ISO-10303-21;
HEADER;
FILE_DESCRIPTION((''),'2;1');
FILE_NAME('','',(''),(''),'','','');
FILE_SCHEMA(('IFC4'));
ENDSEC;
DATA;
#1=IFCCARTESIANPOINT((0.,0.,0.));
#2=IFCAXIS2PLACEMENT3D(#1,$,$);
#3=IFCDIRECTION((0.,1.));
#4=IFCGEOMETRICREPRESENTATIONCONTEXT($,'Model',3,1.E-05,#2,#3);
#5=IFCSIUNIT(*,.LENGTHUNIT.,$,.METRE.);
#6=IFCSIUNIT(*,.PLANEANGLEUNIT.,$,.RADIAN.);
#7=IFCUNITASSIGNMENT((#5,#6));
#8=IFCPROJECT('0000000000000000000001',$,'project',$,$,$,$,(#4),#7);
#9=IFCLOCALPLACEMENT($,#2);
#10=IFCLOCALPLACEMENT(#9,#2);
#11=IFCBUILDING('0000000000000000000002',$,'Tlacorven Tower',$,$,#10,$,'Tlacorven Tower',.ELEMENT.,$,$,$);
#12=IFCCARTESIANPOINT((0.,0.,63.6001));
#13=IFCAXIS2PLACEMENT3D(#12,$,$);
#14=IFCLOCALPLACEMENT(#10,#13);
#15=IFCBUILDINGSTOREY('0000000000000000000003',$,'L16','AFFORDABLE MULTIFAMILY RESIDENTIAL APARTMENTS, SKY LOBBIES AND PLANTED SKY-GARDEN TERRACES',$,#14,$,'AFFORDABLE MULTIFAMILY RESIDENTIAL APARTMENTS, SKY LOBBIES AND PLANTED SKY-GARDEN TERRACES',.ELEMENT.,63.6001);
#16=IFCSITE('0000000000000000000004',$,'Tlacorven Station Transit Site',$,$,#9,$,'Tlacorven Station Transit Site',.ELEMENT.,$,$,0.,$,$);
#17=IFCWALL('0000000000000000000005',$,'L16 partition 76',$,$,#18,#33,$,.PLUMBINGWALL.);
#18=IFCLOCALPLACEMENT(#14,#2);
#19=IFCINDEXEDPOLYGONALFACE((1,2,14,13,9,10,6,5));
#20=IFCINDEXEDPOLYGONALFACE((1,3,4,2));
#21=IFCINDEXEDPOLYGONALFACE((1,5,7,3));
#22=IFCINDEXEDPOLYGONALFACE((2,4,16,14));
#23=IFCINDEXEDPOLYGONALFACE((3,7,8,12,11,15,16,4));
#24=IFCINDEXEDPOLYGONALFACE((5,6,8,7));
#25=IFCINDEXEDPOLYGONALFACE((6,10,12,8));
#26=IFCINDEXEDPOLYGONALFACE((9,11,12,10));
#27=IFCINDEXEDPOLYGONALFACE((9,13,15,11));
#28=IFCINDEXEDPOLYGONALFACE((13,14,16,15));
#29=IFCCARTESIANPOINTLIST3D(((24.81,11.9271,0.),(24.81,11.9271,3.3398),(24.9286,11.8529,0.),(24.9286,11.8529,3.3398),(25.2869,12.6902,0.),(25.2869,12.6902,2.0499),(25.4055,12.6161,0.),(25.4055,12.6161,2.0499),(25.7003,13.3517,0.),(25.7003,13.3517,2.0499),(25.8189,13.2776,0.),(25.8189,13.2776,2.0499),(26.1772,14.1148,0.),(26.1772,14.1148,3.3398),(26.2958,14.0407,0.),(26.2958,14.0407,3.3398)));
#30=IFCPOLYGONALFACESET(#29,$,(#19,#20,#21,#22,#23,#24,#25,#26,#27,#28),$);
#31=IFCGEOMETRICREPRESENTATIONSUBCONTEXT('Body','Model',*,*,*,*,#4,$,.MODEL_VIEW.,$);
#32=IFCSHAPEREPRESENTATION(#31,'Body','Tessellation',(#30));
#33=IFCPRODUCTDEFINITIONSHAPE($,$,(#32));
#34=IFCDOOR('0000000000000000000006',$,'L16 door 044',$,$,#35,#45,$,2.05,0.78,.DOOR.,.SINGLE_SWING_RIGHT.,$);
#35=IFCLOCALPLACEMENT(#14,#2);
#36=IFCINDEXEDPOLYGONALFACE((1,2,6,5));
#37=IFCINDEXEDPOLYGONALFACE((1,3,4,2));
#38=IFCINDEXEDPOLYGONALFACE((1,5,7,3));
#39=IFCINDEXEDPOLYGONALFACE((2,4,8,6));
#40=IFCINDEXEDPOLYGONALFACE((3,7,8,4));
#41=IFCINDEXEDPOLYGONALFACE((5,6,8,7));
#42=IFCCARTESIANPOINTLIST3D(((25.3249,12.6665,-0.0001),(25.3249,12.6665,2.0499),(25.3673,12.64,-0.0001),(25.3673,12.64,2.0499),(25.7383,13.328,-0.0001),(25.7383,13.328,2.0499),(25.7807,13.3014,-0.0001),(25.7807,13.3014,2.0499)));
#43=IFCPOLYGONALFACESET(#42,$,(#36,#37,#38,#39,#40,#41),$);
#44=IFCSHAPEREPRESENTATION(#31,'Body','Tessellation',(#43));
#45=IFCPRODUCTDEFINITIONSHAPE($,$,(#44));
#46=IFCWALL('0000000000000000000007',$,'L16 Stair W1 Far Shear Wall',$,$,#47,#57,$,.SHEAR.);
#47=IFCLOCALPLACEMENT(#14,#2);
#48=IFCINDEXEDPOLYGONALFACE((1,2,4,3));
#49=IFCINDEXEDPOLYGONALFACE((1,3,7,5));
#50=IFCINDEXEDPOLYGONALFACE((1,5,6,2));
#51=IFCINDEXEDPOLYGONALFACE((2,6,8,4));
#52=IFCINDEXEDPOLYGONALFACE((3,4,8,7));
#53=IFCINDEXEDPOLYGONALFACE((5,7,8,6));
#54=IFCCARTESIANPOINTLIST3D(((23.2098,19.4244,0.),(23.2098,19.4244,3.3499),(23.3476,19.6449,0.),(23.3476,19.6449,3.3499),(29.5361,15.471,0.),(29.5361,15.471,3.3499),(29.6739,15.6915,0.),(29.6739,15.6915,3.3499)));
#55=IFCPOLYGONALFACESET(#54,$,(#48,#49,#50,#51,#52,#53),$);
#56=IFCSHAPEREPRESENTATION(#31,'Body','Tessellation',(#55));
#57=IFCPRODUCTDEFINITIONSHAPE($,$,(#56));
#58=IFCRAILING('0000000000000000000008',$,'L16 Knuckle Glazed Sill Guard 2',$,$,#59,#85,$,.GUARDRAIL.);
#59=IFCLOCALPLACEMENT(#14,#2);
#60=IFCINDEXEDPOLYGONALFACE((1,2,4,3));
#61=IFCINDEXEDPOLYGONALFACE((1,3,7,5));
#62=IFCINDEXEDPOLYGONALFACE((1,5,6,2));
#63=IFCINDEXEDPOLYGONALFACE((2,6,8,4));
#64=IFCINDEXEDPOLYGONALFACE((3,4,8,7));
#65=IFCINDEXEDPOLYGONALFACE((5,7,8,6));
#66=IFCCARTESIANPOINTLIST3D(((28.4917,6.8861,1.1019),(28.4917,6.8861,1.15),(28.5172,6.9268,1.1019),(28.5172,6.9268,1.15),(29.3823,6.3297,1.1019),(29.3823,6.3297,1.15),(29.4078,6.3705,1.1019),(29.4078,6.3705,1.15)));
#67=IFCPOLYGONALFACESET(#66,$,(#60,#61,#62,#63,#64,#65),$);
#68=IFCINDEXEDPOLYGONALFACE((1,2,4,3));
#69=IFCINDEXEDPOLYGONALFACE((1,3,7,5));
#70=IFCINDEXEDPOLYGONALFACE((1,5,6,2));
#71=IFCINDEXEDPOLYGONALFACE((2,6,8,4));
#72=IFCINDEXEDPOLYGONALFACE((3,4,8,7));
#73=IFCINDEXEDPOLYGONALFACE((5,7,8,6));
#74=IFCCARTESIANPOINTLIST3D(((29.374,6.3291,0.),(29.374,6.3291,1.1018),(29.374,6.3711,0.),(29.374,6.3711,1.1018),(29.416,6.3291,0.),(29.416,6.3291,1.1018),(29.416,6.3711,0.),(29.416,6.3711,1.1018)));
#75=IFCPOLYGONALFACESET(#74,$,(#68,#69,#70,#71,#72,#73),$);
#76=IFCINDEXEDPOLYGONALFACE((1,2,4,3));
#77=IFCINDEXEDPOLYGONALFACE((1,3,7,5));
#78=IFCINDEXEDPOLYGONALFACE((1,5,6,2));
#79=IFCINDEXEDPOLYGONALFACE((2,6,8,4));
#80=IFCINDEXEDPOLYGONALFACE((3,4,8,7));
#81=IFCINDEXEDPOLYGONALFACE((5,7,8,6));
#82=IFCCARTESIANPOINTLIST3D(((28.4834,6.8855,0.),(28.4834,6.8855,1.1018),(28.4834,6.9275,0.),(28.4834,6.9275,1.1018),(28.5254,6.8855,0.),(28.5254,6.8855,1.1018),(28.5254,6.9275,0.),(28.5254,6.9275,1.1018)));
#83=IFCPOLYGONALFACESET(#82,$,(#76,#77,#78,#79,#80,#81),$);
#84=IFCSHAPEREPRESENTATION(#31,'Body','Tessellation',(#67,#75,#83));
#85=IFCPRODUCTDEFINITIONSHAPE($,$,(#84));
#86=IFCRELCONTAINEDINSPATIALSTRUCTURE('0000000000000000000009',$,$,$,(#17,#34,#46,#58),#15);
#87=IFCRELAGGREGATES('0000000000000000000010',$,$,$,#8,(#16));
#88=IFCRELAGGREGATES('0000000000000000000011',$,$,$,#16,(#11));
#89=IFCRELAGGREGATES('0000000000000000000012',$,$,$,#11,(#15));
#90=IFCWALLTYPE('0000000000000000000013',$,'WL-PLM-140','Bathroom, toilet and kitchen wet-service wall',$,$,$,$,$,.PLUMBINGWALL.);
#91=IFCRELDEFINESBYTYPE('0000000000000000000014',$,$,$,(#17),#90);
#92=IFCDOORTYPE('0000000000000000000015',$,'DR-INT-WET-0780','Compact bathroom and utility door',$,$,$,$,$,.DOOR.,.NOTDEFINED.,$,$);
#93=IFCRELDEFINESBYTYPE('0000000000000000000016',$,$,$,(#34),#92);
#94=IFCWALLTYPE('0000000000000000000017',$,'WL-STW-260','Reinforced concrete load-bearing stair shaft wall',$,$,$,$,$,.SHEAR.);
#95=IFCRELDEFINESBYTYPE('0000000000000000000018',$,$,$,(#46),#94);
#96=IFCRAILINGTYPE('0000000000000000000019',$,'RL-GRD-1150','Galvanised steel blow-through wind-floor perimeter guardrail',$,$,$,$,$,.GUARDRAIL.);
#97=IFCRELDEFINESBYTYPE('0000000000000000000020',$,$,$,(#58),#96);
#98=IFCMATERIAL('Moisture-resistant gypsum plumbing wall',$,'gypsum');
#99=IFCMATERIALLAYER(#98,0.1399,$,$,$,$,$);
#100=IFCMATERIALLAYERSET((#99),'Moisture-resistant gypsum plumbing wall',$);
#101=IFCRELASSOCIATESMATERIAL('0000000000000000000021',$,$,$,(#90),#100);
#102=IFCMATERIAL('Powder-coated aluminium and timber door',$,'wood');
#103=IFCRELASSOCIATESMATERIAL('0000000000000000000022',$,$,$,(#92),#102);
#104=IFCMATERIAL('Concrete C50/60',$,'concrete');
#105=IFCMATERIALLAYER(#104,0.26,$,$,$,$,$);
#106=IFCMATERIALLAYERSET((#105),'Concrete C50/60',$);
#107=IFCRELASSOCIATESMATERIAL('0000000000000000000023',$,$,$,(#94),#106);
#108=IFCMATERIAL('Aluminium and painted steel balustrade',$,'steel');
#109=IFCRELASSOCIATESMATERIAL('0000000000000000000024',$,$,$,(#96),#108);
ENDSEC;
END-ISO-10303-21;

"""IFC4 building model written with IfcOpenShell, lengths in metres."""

from ifc_helpers import new_model, si_unit, direction, frame, frame_2d, origin, origin_2d, place, context, subcontext, project, spatial, rectangle, extrude, source, transform, mapped, material, layer, layer_set, type_object, element, fill, save


model = new_model("IFC4")

# Units and contexts
model_context = context("Model", 3, precision=1e-05, world=origin(), true_north=direction((0.0, 1.0)))
body_context = subcontext(model_context, "Body", "Model", "MODEL_VIEW")
ifc_project = project(units=[si_unit("LENGTHUNIT", "METRE"), si_unit("PLANEANGLEUNIT", "RADIAN")], contexts=[model_context])

# Site, building, storey
site_placement = place(None, origin())
site = spatial("IfcSite", under=ifc_project, at=site_placement, Name="Tlacorven Station Transit Site", LongName="Tlacorven Station Transit Site", CompositionType="ELEMENT", RefElevation=0.0)
building_placement = place(site_placement, origin())
building = spatial("IfcBuilding", under=site, at=building_placement, Name="Tlacorven Tower", LongName="Tlacorven Tower", CompositionType="ELEMENT")
storey_placement = place(building_placement, frame((0.0, 0.0, 63.6001)))
storey = spatial("IfcBuildingStorey", under=building, at=storey_placement, Name="L16", Description="AFFORDABLE MULTIFAMILY RESIDENTIAL APARTMENTS, SKY LOBBIES AND PLANTED SKY-GARDEN TERRACES", LongName="AFFORDABLE MULTIFAMILY RESIDENTIAL APARTMENTS, SKY LOBBIES AND PLANTED SKY-GARDEN TERRACES", CompositionType="ELEMENT", Elevation=63.6001)

# Shared definitions
ifc_material_1 = material(Name="Powder-coated aluminium and timber door", Category="wood")

# Wall, opening, door
ifc_material_2 = material(Name="Moisture-resistant gypsum plumbing wall", Category="gypsum")
ifc_layer_1 = layer(ifc_material_2, 0.1399)
ifc_layer_set_1 = layer_set([ifc_layer_1], Name="Moisture-resistant gypsum plumbing wall")
wall_type_1 = type_object("IfcWallType", Name="WL-PLM-140", Description="Bathroom, toilet and kitchen wet-service wall", PredefinedType="PLUMBINGWALL", material=ifc_layer_set_1)
wall_1_placement = place(storey_placement, frame((26.2366, 14.0779, 0.0), z_axis=(0.0, 0.0, 1.0), x_axis=(-0.529956, -0.848025, 0.0)))
wall_1 = element("IfcWall", 1, at=wall_1_placement, inside=storey, type_object=wall_type_1, Name="L16 partition 76", PredefinedType="PLUMBINGWALL", context=body_context, shape_type="SweptSolid", body=[
    extrude(rectangle(XDim=2.5798, YDim=0.1399, at=frame_2d((1.29, 0.0))), origin(), (0.0, 0.0, 1.0), 3.3398),
])
opening_1_placement = place(wall_1_placement, frame((0.8999, 0.0, 0.0)))
opening_1 = element("IfcOpeningElement", 2, at=opening_1_placement, cuts=wall_1, PredefinedType="OPENING", context=body_context, shape_type="SweptSolid", body=[
    extrude(rectangle(XDim=0.78, YDim=2.05, at=frame_2d((0.3901, 1.0249))), frame((0.0, 0.0801, 0.0), z_axis=(0.0, -1.0, 0.0), x_axis=(1.0, 0.0, 0.0)), (0.0, 0.0, 1.0), 0.1599),
])
door_type_1 = type_object("IfcDoorType", Name="DR-INT-WET-0780", Description="Compact bathroom and utility door", OperationType="NOTDEFINED", PredefinedType="DOOR", material=ifc_material_1)
shared_shape_1 = source(origin(), body_context, "Body", "SweptSolid", [
    extrude(rectangle(XDim=0.78, YDim=2.05, at=frame_2d((0.3901, 1.0249))), frame((0.0, 0.0249, 0.0), z_axis=(0.0, -1.0, 0.0), x_axis=(1.0, 0.0, 0.0)), (0.0, 0.0, 1.0), 0.05),
])
door_1_placement = place(opening_1_placement, origin())
door_1 = element("IfcDoor", 3, at=door_1_placement, inside=storey, type_object=door_type_1, Name="L16 door 044", OperationType="SINGLE_SWING_RIGHT", OverallHeight=2.05, OverallWidth=0.78, PredefinedType="DOOR", context=body_context, shape_type="MappedRepresentation", body=[
    mapped(shared_shape_1, transform((0.0, 0.0, 0.0), scale=1.0)),
])
fill(opening_1, door_1)

# Wall
ifc_material_3 = material(Name="Concrete C50/60", Category="concrete")
ifc_layer_2 = layer(ifc_material_3, 0.26)
ifc_layer_set_2 = layer_set([ifc_layer_2], Name="Concrete C50/60")
wall_type_2 = type_object("IfcWallType", Name="WL-STW-260", Description="Reinforced concrete load-bearing stair shaft wall", PredefinedType="SHEAR", material=ifc_layer_set_2)
wall_2_placement = place(storey_placement, frame((29.605, 15.5813, 0.0), z_axis=(0.0, 0.0, 1.0), x_axis=(-0.848037, 0.529937, 0.0)))
element("IfcWall", 4, at=wall_2_placement, inside=storey, type_object=wall_type_2, Name="L16 Stair W1 Far Shear Wall", PredefinedType="SHEAR", context=body_context, shape_type="SweptSolid", body=[
    extrude(rectangle(XDim=7.46, YDim=0.26, at=frame_2d((3.73, 0.0))), origin(), (0.0, 0.0, 1.0), 3.3499),
])

# Railing
ifc_material_4 = material(Name="Aluminium and painted steel balustrade", Category="steel")
railing_type = type_object("IfcRailingType", Name="RL-GRD-1150", Description="Galvanised steel blow-through wind-floor perimeter guardrail", PredefinedType="GUARDRAIL", material=ifc_material_4)
shared_shape_2 = source(origin(), body_context, "Body", "SweptSolid", [
    extrude(rectangle(XDim=0.0481, YDim=0.0481, at=origin_2d()), frame((0.0, 0.0, 1.126), z_axis=(-0.848103, 0.529832, 0.0), x_axis=(-0.529832, -0.848103, 0.0)), (0.0, 0.0, 1.0), 1.05),
    extrude(rectangle(XDim=0.042, YDim=0.042, at=origin_2d()), origin(), (0.0, 0.0, 1.0), 1.1018),
    extrude(rectangle(XDim=0.042, YDim=0.042, at=origin_2d()), frame((-0.8906, 0.5564, 0.0)), (0.0, 0.0, 1.0), 1.1018),
])
railing_placement = place(storey_placement, frame((29.395, 6.3501, 0.0)))
element("IfcRailing", 5, at=railing_placement, inside=storey, type_object=railing_type, Name="L16 Knuckle Glazed Sill Guard 2", PredefinedType="GUARDRAIL", context=body_context, shape_type="MappedRepresentation", body=[
    mapped(shared_shape_2, transform((0.0, 0.0, 0.0), scale=1.0)),
])

save(model, "model.ifc")
